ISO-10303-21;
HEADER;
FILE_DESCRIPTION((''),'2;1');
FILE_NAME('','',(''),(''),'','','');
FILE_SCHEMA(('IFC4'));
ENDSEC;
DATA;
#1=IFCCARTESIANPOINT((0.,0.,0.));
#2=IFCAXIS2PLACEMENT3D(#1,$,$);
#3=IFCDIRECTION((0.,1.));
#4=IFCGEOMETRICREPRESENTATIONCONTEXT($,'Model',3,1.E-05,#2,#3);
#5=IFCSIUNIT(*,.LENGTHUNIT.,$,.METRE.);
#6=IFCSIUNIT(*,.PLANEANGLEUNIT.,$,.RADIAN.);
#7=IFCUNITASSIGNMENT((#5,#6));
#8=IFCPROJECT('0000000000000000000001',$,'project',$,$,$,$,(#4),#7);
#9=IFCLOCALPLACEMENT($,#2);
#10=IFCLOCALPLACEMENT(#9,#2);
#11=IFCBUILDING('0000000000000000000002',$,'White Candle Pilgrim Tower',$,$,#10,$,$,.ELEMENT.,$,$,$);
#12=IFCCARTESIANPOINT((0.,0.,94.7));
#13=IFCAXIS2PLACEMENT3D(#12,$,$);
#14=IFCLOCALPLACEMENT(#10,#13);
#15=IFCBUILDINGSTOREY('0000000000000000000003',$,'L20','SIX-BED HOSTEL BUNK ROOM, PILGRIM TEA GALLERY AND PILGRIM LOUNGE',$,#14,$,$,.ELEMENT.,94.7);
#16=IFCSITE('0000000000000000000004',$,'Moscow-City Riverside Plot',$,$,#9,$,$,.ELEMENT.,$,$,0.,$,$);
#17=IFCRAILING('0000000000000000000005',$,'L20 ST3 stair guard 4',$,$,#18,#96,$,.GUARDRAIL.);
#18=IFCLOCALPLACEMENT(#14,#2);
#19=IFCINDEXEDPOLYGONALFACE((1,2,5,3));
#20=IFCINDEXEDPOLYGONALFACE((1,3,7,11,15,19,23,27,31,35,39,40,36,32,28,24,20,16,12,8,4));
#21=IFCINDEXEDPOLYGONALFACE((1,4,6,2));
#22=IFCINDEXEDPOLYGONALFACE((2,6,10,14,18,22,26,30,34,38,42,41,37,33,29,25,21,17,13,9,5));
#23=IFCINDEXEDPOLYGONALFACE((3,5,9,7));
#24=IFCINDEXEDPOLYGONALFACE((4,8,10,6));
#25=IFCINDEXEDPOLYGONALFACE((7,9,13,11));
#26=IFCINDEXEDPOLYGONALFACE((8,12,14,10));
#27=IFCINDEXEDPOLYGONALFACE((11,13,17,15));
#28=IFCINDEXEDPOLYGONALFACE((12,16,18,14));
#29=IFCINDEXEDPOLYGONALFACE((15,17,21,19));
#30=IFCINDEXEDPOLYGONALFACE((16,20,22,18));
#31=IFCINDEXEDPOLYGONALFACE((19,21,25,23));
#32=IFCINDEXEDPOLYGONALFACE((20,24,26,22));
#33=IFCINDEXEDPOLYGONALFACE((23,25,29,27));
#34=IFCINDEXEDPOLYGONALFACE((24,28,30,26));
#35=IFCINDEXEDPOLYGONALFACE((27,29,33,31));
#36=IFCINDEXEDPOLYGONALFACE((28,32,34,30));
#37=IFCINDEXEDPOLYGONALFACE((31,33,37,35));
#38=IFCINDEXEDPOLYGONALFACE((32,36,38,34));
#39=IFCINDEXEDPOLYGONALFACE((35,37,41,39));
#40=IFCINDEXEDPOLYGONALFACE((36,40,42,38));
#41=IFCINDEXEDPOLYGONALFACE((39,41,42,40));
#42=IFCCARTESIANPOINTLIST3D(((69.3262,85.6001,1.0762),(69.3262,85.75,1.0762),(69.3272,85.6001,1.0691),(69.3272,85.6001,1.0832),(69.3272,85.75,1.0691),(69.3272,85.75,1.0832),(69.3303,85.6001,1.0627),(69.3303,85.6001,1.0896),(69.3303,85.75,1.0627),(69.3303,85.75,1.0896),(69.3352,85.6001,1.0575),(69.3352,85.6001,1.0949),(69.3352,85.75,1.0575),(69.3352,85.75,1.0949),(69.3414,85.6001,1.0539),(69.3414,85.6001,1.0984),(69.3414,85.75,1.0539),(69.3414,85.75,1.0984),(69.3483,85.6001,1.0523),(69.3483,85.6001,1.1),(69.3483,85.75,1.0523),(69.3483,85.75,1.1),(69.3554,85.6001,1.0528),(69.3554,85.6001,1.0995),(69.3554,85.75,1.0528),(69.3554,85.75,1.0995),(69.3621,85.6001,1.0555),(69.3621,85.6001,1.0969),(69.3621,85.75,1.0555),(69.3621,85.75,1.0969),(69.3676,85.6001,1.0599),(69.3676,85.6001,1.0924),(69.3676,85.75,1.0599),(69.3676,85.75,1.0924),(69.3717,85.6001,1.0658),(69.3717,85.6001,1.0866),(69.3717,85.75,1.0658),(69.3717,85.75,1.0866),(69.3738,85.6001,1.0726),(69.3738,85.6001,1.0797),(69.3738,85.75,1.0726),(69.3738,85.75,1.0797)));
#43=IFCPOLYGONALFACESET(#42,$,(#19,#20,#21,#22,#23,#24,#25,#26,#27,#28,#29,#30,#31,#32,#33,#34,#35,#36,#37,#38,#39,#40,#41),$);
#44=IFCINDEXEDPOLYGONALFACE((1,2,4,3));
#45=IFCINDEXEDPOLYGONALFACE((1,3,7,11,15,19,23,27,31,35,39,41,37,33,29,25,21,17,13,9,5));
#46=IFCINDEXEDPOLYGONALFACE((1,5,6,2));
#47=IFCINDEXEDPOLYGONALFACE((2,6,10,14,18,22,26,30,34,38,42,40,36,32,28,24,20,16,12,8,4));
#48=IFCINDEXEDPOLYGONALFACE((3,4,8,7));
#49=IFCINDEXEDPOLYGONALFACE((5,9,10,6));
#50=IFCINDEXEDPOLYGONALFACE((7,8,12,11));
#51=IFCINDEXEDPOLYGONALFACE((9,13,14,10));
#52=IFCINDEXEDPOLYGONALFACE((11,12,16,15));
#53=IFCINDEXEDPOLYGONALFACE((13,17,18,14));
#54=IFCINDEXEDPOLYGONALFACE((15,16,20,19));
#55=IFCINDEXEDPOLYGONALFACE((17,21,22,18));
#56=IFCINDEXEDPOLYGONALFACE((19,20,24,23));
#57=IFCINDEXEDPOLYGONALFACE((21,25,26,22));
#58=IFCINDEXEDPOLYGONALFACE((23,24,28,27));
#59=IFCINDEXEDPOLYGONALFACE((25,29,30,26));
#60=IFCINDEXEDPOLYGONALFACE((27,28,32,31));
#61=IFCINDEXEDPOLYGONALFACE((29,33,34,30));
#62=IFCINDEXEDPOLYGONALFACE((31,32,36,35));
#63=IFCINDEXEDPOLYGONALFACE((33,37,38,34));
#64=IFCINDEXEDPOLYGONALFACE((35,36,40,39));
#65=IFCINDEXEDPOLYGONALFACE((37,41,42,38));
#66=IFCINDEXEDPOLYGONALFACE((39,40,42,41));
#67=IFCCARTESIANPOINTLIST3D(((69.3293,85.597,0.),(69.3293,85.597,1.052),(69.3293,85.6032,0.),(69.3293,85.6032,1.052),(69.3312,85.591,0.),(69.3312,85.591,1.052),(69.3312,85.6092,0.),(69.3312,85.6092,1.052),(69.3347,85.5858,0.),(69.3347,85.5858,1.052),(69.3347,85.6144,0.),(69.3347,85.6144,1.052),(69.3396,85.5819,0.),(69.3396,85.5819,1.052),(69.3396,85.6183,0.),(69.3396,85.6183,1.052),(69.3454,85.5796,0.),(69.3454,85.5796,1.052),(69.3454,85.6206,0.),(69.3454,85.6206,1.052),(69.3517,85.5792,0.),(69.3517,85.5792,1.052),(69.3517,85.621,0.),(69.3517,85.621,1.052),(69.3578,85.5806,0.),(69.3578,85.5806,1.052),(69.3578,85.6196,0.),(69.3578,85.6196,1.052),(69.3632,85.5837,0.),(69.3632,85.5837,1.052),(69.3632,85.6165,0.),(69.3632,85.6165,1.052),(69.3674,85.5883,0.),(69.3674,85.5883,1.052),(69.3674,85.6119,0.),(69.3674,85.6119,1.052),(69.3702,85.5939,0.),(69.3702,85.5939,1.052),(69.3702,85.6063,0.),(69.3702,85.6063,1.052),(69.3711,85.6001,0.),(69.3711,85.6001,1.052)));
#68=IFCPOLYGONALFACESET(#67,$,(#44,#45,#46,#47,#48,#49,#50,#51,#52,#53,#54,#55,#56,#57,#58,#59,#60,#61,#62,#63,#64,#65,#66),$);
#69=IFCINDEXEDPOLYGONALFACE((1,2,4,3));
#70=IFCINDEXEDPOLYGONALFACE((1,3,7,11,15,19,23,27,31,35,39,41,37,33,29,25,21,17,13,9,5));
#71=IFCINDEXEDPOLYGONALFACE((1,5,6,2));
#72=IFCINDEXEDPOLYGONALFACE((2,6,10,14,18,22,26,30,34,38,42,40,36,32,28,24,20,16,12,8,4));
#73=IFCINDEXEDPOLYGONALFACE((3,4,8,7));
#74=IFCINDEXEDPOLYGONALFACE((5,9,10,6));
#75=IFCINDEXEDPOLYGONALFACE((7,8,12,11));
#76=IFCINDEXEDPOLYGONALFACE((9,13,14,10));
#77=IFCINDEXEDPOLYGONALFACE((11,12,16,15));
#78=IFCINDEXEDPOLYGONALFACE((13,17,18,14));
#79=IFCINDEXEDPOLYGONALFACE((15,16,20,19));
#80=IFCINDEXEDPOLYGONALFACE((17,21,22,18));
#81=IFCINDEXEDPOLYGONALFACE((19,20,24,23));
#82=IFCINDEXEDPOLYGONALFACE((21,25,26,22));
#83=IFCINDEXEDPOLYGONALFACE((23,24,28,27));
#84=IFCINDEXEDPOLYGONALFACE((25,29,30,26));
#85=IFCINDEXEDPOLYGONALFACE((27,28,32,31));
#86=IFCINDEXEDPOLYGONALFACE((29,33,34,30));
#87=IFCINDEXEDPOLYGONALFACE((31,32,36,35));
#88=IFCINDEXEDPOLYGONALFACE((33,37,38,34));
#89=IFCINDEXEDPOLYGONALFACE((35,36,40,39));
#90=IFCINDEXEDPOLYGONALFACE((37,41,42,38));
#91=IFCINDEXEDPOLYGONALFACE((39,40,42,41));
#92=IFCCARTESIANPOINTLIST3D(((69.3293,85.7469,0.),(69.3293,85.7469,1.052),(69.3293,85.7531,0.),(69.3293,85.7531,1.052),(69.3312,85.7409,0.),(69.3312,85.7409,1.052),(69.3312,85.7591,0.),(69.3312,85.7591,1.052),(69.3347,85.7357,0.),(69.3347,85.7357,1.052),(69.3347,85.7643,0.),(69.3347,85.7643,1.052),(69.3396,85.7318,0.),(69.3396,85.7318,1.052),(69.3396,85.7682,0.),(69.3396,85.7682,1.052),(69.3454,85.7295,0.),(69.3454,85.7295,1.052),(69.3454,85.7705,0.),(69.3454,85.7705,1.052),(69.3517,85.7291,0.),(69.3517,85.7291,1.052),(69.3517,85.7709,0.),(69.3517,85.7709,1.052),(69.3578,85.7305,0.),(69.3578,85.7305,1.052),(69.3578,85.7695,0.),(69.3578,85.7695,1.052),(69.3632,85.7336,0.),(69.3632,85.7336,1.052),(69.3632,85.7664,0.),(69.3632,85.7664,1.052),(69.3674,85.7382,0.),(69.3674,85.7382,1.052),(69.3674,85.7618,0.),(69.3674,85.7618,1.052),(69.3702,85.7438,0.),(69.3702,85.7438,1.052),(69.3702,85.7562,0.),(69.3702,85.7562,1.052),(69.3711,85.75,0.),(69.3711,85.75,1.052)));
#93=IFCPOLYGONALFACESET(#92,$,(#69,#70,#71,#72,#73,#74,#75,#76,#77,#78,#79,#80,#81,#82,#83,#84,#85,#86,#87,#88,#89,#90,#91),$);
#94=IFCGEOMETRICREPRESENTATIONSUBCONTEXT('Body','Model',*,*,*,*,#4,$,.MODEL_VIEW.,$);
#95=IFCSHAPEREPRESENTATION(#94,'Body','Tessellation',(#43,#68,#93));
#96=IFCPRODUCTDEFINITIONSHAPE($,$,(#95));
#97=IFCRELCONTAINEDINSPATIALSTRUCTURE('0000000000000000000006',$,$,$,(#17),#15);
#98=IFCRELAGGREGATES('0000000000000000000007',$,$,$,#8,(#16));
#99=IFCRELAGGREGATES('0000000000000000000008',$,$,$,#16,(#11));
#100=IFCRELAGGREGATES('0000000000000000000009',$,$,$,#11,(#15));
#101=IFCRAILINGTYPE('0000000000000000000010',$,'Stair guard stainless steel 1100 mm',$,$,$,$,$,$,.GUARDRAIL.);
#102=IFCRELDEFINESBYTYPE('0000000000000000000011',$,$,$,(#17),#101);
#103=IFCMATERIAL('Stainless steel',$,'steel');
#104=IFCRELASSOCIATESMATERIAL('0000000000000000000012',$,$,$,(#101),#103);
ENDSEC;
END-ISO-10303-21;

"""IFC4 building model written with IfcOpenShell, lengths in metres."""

from ifc_helpers import new_model, si_unit, direction, frame, origin, origin_2d, place, context, subcontext, project, spatial, circle, extrude, material, type_object, element, save


model = new_model("IFC4")

# Units and contexts
model_context = context("Model", 3, precision=1e-05, world=origin(), true_north=direction((0.0, 1.0)))
body_context = subcontext(model_context, "Body", "Model", "MODEL_VIEW")
ifc_project = project(units=[si_unit("LENGTHUNIT", "METRE"), si_unit("PLANEANGLEUNIT", "RADIAN")], contexts=[model_context])

# Site, building, storey
site_placement = place(None, origin())
site = spatial("IfcSite", under=ifc_project, at=site_placement, Name="Moscow-City Riverside Plot", CompositionType="ELEMENT", RefElevation=0.0)
building_placement = place(site_placement, origin())
building = spatial("IfcBuilding", under=site, at=building_placement, Name="White Candle Pilgrim Tower", CompositionType="ELEMENT")
storey_placement = place(building_placement, frame((0.0, 0.0, 94.7)))
storey = spatial("IfcBuildingStorey", under=building, at=storey_placement, Name="L20", Description="SIX-BED HOSTEL BUNK ROOM, PILGRIM TEA GALLERY AND PILGRIM LOUNGE", CompositionType="ELEMENT", Elevation=94.7)

# Railing
ifc_material_1 = material(Name="Stainless steel", Category="steel")
railing_type_1 = type_object("IfcRailingType", Name="Stair guard stainless steel 1100 mm", PredefinedType="GUARDRAIL", material=ifc_material_1)
railing_1_placement = place(storey_placement, frame((69.3501, 85.6001, 0.0)))
element("IfcRailing", 1, at=railing_1_placement, inside=storey, type_object=railing_type_1, Name="L20 ST3 stair guard 4", PredefinedType="GUARDRAIL", context=body_context, shape_type="SweptSolid", body=[
    extrude(circle(Radius=0.0239, at=origin_2d()), frame((0.0, 0.0, 1.0762), z_axis=(0.0, 1.0, 0.0), x_axis=(-1.0, 0.0, 0.0)), (0.0, 0.0, 1.0), 0.1499),
    extrude(circle(Radius=0.021, at=origin_2d()), origin(), (0.0, 0.0, 1.0), 1.052),
    extrude(circle(Radius=0.021, at=origin_2d()), frame((0.0, 0.1499, 0.0)), (0.0, 0.0, 1.0), 1.052),
])

save(model, "model.ifc")
